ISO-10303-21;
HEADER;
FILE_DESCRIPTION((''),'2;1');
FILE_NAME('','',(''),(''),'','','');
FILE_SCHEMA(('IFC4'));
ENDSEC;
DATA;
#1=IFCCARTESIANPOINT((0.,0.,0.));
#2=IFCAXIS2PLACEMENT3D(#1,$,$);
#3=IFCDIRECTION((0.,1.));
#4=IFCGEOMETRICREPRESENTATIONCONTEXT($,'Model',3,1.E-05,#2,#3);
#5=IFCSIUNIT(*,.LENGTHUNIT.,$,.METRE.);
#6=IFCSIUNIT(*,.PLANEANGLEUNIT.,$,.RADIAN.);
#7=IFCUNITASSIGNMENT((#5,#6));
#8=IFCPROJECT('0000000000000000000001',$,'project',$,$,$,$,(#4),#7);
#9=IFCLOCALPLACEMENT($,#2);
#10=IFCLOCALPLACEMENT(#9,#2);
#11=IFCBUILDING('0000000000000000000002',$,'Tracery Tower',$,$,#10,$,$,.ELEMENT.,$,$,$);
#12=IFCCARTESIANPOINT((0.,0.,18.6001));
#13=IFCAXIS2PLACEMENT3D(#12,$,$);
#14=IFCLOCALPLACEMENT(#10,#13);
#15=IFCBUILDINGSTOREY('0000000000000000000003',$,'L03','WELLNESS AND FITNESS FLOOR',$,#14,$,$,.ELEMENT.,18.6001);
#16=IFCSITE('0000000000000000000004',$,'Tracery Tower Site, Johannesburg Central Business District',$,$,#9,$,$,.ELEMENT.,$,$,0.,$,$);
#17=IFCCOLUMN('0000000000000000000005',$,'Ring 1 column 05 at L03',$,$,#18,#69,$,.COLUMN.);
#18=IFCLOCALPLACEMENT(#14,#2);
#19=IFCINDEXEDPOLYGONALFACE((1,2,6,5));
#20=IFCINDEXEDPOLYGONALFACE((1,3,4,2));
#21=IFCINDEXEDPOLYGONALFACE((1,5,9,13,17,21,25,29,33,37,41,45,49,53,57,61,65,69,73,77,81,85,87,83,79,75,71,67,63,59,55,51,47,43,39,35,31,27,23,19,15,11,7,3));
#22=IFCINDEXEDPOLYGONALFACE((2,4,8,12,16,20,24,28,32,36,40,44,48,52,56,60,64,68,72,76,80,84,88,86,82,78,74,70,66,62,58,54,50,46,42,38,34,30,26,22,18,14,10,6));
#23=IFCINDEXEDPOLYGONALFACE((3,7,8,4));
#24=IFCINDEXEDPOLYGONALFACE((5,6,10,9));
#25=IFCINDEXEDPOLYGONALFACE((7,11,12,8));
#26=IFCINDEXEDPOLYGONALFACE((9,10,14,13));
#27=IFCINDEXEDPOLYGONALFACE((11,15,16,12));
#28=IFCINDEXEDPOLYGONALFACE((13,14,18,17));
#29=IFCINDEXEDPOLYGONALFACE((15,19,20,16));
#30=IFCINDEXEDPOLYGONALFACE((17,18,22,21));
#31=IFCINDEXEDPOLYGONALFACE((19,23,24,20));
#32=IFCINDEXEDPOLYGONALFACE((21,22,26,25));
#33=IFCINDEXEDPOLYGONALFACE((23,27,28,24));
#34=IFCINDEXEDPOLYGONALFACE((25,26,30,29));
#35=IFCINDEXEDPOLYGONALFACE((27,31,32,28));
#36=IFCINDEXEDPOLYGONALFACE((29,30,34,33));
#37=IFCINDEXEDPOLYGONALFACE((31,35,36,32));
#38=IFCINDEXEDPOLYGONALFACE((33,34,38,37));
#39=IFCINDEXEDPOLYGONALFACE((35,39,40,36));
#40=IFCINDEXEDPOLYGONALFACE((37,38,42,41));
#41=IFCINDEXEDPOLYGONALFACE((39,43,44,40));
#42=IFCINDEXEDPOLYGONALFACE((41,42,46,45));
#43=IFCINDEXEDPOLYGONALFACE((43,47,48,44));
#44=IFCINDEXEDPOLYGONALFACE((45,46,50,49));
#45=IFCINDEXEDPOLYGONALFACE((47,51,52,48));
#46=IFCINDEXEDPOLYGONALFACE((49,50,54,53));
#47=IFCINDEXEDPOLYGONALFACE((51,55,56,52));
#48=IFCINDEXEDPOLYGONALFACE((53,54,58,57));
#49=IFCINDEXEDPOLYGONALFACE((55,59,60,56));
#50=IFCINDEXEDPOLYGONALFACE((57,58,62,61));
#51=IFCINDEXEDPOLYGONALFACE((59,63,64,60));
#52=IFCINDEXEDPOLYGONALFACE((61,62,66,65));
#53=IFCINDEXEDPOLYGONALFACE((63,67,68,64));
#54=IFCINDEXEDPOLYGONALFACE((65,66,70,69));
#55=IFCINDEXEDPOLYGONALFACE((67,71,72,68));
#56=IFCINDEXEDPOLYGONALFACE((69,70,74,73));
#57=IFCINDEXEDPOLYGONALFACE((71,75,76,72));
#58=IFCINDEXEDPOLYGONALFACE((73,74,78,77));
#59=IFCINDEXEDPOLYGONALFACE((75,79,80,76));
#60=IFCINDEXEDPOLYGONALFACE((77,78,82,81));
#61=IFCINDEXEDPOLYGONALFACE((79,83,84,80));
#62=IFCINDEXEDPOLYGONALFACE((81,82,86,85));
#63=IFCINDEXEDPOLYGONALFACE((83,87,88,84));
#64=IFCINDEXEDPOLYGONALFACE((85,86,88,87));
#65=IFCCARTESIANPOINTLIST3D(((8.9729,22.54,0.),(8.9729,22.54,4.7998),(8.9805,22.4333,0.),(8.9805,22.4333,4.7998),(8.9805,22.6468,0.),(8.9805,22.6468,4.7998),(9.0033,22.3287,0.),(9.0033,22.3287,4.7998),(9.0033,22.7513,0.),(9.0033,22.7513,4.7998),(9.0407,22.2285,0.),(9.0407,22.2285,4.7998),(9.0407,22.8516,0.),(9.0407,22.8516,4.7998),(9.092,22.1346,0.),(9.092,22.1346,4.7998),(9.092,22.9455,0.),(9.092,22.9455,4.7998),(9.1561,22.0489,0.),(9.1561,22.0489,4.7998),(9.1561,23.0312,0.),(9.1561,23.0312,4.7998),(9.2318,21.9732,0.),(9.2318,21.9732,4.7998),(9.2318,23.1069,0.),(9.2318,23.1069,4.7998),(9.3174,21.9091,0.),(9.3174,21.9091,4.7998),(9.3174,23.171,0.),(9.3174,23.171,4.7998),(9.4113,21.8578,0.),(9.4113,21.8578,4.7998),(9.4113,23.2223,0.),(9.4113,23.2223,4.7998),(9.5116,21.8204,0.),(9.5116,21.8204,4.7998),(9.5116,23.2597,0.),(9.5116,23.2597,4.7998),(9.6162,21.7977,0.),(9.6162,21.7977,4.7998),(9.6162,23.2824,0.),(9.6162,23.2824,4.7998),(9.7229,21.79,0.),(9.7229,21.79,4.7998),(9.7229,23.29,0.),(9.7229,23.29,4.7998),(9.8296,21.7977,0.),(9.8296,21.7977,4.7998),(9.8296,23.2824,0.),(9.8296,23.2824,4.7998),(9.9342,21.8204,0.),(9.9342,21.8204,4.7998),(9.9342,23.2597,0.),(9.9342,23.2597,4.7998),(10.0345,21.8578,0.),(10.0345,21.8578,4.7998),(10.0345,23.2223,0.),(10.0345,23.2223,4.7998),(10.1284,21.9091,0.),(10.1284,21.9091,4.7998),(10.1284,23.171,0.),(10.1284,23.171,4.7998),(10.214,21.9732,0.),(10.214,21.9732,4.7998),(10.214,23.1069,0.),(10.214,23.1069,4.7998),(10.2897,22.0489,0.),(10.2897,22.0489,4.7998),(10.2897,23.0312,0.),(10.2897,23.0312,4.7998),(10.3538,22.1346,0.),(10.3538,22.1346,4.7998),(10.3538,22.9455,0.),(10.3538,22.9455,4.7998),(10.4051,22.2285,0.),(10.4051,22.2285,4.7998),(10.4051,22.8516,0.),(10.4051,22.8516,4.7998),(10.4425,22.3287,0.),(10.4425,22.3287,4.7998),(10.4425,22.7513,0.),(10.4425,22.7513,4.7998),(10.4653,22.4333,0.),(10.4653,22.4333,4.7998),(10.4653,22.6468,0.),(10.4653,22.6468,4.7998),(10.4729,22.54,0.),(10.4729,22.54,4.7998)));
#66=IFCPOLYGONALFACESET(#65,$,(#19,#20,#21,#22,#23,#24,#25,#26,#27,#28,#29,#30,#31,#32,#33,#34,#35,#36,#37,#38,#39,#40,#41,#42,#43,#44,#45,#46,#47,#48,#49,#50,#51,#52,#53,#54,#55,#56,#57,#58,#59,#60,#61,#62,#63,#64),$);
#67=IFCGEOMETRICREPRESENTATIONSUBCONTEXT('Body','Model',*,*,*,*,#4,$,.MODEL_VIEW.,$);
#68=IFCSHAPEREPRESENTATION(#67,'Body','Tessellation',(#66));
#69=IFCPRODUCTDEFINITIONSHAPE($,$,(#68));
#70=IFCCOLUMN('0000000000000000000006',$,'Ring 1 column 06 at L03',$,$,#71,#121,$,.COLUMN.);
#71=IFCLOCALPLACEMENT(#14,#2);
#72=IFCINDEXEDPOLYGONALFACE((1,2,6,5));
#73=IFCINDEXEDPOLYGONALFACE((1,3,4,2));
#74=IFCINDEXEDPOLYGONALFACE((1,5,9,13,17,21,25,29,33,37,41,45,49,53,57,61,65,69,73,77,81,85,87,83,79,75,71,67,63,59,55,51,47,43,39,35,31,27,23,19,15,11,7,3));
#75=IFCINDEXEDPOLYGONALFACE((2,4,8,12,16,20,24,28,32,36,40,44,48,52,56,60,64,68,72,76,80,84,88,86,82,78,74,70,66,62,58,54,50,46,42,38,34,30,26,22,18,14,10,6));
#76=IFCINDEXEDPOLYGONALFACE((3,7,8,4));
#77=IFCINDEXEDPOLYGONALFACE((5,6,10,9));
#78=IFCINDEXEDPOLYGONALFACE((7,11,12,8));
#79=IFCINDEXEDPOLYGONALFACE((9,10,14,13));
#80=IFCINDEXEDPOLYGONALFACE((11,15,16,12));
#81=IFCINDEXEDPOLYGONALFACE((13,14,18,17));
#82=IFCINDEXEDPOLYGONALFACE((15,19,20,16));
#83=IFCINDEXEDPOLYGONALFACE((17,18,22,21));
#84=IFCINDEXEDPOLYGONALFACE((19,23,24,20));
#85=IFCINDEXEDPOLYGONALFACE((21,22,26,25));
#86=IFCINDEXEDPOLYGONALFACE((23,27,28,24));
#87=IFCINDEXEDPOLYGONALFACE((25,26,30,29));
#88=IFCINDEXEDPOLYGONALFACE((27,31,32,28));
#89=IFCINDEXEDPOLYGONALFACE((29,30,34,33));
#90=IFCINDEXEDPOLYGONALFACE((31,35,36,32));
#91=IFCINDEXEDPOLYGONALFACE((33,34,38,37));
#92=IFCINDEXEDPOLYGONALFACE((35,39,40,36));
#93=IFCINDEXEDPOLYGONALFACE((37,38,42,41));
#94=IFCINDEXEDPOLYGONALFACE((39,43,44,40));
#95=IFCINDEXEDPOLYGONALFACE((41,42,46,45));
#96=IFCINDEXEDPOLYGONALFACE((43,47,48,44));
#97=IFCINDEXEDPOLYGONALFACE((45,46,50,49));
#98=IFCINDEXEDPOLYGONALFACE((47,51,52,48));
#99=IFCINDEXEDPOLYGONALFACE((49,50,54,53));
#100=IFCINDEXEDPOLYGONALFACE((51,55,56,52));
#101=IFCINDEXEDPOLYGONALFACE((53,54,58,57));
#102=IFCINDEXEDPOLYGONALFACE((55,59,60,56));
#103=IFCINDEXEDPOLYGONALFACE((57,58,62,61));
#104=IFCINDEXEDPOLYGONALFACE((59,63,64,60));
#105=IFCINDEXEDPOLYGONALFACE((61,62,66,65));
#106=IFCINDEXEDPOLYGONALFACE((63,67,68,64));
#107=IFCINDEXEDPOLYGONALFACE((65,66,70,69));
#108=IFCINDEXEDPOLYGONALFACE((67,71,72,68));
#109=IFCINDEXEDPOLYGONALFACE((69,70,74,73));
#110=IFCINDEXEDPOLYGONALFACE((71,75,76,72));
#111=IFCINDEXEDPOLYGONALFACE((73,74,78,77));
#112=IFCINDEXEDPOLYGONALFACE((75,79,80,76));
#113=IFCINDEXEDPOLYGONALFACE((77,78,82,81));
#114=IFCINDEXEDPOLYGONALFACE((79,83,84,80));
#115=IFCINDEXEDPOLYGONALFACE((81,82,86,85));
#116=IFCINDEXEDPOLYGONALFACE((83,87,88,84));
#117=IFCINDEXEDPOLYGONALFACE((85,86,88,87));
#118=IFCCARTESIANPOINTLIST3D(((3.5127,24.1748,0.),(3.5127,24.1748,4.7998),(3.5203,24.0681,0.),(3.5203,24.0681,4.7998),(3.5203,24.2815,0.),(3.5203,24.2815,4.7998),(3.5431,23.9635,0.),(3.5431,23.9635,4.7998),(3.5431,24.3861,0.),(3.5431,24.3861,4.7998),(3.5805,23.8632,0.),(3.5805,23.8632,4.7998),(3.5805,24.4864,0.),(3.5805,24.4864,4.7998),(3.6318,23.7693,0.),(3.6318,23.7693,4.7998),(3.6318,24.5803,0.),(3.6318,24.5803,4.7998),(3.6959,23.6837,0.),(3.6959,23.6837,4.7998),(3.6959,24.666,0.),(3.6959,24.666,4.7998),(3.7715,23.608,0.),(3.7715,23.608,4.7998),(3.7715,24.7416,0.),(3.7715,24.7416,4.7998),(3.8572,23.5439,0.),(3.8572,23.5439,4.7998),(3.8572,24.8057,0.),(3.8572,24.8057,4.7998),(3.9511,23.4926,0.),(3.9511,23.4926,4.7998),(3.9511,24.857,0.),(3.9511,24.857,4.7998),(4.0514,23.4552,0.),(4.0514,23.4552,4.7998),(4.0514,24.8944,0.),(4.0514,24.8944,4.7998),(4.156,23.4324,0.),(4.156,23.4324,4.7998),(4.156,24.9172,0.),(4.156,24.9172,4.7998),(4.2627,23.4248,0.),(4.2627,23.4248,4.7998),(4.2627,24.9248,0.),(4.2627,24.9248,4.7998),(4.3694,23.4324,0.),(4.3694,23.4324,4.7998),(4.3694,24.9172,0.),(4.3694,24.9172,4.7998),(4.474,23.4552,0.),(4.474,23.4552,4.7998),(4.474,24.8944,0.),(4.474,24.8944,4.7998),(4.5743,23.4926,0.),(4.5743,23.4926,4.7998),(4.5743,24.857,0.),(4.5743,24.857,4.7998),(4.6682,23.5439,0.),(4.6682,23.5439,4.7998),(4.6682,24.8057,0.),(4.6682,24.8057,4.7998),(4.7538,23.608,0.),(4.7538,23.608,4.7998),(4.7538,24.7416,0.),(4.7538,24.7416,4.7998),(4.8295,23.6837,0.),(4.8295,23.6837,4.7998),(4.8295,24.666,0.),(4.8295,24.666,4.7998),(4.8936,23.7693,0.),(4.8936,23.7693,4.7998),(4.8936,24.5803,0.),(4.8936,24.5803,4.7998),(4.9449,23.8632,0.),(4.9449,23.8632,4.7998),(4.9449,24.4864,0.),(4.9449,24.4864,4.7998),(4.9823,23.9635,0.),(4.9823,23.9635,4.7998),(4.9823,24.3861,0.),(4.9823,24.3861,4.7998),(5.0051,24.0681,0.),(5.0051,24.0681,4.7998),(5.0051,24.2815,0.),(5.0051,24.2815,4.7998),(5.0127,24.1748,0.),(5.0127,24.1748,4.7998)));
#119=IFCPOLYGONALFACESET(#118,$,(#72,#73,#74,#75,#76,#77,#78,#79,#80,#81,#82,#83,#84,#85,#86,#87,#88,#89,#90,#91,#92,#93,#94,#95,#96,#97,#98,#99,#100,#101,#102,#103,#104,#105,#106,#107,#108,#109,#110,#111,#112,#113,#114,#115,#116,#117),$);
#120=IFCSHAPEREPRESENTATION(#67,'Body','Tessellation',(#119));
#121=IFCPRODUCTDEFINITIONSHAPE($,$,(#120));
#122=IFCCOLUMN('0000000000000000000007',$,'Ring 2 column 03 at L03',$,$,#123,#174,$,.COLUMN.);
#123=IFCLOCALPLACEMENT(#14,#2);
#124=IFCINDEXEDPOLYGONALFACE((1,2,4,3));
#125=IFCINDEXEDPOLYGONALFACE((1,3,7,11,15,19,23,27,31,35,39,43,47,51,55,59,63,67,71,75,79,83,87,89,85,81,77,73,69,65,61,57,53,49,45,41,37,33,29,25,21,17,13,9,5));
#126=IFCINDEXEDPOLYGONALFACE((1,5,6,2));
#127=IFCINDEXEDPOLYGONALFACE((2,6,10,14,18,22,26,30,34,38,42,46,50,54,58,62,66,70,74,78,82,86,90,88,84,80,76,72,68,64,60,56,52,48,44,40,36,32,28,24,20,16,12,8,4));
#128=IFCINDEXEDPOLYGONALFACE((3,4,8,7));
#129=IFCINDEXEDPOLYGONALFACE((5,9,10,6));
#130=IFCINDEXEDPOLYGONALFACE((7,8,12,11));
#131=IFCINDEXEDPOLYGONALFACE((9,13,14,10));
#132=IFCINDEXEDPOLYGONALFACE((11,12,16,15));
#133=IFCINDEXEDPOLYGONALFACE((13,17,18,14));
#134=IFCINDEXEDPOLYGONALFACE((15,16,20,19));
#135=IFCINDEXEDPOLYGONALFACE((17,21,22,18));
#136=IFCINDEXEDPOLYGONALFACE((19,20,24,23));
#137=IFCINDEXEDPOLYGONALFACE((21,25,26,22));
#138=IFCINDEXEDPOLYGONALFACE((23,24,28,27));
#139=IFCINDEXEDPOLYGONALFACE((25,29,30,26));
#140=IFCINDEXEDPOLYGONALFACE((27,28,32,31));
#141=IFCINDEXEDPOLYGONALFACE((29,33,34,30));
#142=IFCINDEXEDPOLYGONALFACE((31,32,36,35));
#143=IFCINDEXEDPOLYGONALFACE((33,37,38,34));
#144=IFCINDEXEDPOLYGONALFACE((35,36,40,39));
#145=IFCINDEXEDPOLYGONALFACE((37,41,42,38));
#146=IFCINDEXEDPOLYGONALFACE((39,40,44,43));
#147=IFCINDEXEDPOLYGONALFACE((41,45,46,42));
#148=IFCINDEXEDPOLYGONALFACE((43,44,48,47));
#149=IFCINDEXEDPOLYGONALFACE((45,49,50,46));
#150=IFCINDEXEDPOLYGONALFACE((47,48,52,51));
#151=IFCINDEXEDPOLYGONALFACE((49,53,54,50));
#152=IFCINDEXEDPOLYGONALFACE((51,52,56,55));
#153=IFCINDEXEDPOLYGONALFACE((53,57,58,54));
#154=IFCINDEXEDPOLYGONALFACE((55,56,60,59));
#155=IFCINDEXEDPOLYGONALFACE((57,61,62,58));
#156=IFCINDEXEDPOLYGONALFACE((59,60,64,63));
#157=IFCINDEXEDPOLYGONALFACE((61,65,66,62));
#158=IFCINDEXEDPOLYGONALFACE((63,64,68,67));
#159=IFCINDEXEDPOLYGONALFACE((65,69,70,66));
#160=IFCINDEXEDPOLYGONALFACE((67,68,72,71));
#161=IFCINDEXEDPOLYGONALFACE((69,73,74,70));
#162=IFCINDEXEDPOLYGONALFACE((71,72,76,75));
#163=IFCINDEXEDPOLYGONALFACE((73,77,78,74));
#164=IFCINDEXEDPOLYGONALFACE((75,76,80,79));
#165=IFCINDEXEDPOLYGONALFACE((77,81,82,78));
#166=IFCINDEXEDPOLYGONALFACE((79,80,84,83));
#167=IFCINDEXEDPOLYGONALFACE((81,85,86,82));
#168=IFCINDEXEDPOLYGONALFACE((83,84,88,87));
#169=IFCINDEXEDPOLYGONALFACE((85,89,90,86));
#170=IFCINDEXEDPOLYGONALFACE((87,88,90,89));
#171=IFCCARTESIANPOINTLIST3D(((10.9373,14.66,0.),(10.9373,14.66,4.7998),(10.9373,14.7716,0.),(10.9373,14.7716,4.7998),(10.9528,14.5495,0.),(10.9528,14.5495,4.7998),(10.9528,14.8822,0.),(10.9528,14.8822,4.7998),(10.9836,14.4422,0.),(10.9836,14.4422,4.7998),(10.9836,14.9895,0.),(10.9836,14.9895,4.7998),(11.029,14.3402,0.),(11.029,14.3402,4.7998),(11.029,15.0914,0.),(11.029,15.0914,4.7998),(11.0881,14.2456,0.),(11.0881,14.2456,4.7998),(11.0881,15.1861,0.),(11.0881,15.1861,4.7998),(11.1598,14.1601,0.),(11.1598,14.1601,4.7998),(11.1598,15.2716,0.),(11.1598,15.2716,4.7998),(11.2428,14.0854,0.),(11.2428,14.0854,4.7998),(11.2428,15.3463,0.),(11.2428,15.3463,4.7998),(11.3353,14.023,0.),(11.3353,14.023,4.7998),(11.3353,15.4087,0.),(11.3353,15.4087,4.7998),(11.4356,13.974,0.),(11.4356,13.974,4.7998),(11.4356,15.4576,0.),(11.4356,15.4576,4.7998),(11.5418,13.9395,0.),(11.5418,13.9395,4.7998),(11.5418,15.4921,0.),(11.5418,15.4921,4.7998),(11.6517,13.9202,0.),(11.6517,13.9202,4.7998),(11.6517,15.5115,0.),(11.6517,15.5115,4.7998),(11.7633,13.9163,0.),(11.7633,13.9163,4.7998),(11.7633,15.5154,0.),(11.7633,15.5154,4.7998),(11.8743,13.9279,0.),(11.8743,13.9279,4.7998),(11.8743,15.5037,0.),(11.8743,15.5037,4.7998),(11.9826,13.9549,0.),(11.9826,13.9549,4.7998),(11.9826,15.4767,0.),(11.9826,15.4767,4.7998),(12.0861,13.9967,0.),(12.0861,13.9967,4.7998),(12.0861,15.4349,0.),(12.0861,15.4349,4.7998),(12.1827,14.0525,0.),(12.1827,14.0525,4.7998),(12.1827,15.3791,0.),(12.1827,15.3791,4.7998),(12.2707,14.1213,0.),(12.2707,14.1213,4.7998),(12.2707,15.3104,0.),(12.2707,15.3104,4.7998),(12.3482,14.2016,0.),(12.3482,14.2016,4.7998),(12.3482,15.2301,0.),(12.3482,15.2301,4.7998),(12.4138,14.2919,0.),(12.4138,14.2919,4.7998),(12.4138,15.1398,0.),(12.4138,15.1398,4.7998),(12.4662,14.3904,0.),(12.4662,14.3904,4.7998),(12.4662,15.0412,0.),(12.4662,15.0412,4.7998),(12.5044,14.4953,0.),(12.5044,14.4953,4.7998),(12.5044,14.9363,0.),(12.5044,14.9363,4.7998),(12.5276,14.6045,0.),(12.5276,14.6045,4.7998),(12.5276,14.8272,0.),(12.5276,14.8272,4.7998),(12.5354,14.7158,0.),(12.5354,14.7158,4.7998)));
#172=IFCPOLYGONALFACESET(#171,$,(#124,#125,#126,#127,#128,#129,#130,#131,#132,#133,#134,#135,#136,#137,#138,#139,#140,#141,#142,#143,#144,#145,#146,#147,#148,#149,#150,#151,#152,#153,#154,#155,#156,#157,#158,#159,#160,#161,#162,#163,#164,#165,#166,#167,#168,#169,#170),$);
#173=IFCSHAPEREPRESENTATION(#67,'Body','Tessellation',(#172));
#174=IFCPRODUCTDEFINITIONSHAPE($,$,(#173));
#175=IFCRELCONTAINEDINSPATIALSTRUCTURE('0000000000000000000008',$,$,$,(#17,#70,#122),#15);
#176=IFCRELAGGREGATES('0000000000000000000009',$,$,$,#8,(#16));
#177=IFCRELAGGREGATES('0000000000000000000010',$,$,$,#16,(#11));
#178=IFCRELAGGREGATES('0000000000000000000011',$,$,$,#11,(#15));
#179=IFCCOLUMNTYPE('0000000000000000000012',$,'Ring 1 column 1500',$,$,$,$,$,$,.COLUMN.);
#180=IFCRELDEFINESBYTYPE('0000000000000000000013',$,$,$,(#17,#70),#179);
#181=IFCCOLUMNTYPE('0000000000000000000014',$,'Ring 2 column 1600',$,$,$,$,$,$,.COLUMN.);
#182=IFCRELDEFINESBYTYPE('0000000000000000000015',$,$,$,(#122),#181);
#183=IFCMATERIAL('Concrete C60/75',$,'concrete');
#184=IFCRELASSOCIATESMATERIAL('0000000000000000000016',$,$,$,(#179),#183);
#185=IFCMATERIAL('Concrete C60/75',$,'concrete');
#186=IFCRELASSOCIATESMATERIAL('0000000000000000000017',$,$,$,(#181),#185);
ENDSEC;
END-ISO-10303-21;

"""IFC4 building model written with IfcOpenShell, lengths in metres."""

from ifc_helpers import new_model, si_unit, direction, frame, origin, origin_2d, place, context, subcontext, project, spatial, circle, extrude, material, material_profile, profile_set, type_object, element, save


model = new_model("IFC4")

# Units and contexts
model_context = context("Model", 3, precision=1e-05, world=origin(), true_north=direction((0.0, 1.0)))
body_context = subcontext(model_context, "Body", "Model", "MODEL_VIEW")
ifc_project = project(units=[si_unit("LENGTHUNIT", "METRE"), si_unit("PLANEANGLEUNIT", "RADIAN")], contexts=[model_context])

# Site, building, storey
site_placement = place(None, origin())
site = spatial("IfcSite", under=ifc_project, at=site_placement, Name="Tracery Tower Site, Johannesburg Central Business District", CompositionType="ELEMENT", RefElevation=0.0)
building_placement = place(site_placement, origin())
building = spatial("IfcBuilding", under=site, at=building_placement, Name="Tracery Tower", CompositionType="ELEMENT")
storey_placement = place(building_placement, frame((0.0, 0.0, 18.6001)))
storey = spatial("IfcBuildingStorey", under=building, at=storey_placement, Name="L03", Description="WELLNESS AND FITNESS FLOOR", CompositionType="ELEMENT", Elevation=18.6001)

# Columns
ifc_material_1 = material(Name="Concrete C60/75", Category="concrete")
ifc_material_profile_1 = material_profile(ifc_material_1, circle(Radius=0.75, at=origin_2d()), Name="RC D1500")
ifc_profile_set_1 = profile_set([ifc_material_profile_1], Name="Concrete C60/75")
column_type_1 = type_object("IfcColumnType", Name="Ring 1 column 1500", PredefinedType="COLUMN", material=ifc_profile_set_1)
for number, where, z_axis, x_axis, name in (
    (1, (9.7229, 22.54, 0.0), (0.0, 0.0, 1.0), (1.0, 0.0, 0.0), "Ring 1 column 05 at L03"),
    (2, (4.2627, 24.1748, 0.0), (0.0, 0.0, 1.0), (1.0, 0.0, 0.0), "Ring 1 column 06 at L03"),
):
    element("IfcColumn", number, at=place(storey_placement, frame(where, z_axis=z_axis, x_axis=x_axis)), inside=storey, type_object=column_type_1, Name=name, PredefinedType="COLUMN", context=body_context, shape_type="SweptSolid", body=[
        extrude(circle(Radius=0.75, at=origin_2d()), origin(), (0.0, 0.0, 1.0), 4.7998),
    ])
ifc_material_2 = material(Name="Concrete C60/75", Category="concrete")
ifc_material_profile_2 = material_profile(ifc_material_2, circle(Radius=0.8, at=origin_2d()), Name="RC D1600")
ifc_profile_set_2 = profile_set([ifc_material_profile_2], Name="Concrete C60/75")
column_type_2 = type_object("IfcColumnType", Name="Ring 2 column 1600", PredefinedType="COLUMN", material=ifc_profile_set_2)
for number, where, z_axis, x_axis, name in (
    (3, (11.7354, 14.7158, 0.0), (0.0, 0.0, 1.0), (1.0, 0.0, 0.0), "Ring 2 column 03 at L03"),
):
    element("IfcColumn", number, at=place(storey_placement, frame(where, z_axis=z_axis, x_axis=x_axis)), inside=storey, type_object=column_type_2, Name=name, PredefinedType="COLUMN", context=body_context, shape_type="SweptSolid", body=[
        extrude(circle(Radius=0.8, at=origin_2d()), origin(), (0.0, 0.0, 1.0), 4.7998),
    ])

save(model, "model.ifc")
